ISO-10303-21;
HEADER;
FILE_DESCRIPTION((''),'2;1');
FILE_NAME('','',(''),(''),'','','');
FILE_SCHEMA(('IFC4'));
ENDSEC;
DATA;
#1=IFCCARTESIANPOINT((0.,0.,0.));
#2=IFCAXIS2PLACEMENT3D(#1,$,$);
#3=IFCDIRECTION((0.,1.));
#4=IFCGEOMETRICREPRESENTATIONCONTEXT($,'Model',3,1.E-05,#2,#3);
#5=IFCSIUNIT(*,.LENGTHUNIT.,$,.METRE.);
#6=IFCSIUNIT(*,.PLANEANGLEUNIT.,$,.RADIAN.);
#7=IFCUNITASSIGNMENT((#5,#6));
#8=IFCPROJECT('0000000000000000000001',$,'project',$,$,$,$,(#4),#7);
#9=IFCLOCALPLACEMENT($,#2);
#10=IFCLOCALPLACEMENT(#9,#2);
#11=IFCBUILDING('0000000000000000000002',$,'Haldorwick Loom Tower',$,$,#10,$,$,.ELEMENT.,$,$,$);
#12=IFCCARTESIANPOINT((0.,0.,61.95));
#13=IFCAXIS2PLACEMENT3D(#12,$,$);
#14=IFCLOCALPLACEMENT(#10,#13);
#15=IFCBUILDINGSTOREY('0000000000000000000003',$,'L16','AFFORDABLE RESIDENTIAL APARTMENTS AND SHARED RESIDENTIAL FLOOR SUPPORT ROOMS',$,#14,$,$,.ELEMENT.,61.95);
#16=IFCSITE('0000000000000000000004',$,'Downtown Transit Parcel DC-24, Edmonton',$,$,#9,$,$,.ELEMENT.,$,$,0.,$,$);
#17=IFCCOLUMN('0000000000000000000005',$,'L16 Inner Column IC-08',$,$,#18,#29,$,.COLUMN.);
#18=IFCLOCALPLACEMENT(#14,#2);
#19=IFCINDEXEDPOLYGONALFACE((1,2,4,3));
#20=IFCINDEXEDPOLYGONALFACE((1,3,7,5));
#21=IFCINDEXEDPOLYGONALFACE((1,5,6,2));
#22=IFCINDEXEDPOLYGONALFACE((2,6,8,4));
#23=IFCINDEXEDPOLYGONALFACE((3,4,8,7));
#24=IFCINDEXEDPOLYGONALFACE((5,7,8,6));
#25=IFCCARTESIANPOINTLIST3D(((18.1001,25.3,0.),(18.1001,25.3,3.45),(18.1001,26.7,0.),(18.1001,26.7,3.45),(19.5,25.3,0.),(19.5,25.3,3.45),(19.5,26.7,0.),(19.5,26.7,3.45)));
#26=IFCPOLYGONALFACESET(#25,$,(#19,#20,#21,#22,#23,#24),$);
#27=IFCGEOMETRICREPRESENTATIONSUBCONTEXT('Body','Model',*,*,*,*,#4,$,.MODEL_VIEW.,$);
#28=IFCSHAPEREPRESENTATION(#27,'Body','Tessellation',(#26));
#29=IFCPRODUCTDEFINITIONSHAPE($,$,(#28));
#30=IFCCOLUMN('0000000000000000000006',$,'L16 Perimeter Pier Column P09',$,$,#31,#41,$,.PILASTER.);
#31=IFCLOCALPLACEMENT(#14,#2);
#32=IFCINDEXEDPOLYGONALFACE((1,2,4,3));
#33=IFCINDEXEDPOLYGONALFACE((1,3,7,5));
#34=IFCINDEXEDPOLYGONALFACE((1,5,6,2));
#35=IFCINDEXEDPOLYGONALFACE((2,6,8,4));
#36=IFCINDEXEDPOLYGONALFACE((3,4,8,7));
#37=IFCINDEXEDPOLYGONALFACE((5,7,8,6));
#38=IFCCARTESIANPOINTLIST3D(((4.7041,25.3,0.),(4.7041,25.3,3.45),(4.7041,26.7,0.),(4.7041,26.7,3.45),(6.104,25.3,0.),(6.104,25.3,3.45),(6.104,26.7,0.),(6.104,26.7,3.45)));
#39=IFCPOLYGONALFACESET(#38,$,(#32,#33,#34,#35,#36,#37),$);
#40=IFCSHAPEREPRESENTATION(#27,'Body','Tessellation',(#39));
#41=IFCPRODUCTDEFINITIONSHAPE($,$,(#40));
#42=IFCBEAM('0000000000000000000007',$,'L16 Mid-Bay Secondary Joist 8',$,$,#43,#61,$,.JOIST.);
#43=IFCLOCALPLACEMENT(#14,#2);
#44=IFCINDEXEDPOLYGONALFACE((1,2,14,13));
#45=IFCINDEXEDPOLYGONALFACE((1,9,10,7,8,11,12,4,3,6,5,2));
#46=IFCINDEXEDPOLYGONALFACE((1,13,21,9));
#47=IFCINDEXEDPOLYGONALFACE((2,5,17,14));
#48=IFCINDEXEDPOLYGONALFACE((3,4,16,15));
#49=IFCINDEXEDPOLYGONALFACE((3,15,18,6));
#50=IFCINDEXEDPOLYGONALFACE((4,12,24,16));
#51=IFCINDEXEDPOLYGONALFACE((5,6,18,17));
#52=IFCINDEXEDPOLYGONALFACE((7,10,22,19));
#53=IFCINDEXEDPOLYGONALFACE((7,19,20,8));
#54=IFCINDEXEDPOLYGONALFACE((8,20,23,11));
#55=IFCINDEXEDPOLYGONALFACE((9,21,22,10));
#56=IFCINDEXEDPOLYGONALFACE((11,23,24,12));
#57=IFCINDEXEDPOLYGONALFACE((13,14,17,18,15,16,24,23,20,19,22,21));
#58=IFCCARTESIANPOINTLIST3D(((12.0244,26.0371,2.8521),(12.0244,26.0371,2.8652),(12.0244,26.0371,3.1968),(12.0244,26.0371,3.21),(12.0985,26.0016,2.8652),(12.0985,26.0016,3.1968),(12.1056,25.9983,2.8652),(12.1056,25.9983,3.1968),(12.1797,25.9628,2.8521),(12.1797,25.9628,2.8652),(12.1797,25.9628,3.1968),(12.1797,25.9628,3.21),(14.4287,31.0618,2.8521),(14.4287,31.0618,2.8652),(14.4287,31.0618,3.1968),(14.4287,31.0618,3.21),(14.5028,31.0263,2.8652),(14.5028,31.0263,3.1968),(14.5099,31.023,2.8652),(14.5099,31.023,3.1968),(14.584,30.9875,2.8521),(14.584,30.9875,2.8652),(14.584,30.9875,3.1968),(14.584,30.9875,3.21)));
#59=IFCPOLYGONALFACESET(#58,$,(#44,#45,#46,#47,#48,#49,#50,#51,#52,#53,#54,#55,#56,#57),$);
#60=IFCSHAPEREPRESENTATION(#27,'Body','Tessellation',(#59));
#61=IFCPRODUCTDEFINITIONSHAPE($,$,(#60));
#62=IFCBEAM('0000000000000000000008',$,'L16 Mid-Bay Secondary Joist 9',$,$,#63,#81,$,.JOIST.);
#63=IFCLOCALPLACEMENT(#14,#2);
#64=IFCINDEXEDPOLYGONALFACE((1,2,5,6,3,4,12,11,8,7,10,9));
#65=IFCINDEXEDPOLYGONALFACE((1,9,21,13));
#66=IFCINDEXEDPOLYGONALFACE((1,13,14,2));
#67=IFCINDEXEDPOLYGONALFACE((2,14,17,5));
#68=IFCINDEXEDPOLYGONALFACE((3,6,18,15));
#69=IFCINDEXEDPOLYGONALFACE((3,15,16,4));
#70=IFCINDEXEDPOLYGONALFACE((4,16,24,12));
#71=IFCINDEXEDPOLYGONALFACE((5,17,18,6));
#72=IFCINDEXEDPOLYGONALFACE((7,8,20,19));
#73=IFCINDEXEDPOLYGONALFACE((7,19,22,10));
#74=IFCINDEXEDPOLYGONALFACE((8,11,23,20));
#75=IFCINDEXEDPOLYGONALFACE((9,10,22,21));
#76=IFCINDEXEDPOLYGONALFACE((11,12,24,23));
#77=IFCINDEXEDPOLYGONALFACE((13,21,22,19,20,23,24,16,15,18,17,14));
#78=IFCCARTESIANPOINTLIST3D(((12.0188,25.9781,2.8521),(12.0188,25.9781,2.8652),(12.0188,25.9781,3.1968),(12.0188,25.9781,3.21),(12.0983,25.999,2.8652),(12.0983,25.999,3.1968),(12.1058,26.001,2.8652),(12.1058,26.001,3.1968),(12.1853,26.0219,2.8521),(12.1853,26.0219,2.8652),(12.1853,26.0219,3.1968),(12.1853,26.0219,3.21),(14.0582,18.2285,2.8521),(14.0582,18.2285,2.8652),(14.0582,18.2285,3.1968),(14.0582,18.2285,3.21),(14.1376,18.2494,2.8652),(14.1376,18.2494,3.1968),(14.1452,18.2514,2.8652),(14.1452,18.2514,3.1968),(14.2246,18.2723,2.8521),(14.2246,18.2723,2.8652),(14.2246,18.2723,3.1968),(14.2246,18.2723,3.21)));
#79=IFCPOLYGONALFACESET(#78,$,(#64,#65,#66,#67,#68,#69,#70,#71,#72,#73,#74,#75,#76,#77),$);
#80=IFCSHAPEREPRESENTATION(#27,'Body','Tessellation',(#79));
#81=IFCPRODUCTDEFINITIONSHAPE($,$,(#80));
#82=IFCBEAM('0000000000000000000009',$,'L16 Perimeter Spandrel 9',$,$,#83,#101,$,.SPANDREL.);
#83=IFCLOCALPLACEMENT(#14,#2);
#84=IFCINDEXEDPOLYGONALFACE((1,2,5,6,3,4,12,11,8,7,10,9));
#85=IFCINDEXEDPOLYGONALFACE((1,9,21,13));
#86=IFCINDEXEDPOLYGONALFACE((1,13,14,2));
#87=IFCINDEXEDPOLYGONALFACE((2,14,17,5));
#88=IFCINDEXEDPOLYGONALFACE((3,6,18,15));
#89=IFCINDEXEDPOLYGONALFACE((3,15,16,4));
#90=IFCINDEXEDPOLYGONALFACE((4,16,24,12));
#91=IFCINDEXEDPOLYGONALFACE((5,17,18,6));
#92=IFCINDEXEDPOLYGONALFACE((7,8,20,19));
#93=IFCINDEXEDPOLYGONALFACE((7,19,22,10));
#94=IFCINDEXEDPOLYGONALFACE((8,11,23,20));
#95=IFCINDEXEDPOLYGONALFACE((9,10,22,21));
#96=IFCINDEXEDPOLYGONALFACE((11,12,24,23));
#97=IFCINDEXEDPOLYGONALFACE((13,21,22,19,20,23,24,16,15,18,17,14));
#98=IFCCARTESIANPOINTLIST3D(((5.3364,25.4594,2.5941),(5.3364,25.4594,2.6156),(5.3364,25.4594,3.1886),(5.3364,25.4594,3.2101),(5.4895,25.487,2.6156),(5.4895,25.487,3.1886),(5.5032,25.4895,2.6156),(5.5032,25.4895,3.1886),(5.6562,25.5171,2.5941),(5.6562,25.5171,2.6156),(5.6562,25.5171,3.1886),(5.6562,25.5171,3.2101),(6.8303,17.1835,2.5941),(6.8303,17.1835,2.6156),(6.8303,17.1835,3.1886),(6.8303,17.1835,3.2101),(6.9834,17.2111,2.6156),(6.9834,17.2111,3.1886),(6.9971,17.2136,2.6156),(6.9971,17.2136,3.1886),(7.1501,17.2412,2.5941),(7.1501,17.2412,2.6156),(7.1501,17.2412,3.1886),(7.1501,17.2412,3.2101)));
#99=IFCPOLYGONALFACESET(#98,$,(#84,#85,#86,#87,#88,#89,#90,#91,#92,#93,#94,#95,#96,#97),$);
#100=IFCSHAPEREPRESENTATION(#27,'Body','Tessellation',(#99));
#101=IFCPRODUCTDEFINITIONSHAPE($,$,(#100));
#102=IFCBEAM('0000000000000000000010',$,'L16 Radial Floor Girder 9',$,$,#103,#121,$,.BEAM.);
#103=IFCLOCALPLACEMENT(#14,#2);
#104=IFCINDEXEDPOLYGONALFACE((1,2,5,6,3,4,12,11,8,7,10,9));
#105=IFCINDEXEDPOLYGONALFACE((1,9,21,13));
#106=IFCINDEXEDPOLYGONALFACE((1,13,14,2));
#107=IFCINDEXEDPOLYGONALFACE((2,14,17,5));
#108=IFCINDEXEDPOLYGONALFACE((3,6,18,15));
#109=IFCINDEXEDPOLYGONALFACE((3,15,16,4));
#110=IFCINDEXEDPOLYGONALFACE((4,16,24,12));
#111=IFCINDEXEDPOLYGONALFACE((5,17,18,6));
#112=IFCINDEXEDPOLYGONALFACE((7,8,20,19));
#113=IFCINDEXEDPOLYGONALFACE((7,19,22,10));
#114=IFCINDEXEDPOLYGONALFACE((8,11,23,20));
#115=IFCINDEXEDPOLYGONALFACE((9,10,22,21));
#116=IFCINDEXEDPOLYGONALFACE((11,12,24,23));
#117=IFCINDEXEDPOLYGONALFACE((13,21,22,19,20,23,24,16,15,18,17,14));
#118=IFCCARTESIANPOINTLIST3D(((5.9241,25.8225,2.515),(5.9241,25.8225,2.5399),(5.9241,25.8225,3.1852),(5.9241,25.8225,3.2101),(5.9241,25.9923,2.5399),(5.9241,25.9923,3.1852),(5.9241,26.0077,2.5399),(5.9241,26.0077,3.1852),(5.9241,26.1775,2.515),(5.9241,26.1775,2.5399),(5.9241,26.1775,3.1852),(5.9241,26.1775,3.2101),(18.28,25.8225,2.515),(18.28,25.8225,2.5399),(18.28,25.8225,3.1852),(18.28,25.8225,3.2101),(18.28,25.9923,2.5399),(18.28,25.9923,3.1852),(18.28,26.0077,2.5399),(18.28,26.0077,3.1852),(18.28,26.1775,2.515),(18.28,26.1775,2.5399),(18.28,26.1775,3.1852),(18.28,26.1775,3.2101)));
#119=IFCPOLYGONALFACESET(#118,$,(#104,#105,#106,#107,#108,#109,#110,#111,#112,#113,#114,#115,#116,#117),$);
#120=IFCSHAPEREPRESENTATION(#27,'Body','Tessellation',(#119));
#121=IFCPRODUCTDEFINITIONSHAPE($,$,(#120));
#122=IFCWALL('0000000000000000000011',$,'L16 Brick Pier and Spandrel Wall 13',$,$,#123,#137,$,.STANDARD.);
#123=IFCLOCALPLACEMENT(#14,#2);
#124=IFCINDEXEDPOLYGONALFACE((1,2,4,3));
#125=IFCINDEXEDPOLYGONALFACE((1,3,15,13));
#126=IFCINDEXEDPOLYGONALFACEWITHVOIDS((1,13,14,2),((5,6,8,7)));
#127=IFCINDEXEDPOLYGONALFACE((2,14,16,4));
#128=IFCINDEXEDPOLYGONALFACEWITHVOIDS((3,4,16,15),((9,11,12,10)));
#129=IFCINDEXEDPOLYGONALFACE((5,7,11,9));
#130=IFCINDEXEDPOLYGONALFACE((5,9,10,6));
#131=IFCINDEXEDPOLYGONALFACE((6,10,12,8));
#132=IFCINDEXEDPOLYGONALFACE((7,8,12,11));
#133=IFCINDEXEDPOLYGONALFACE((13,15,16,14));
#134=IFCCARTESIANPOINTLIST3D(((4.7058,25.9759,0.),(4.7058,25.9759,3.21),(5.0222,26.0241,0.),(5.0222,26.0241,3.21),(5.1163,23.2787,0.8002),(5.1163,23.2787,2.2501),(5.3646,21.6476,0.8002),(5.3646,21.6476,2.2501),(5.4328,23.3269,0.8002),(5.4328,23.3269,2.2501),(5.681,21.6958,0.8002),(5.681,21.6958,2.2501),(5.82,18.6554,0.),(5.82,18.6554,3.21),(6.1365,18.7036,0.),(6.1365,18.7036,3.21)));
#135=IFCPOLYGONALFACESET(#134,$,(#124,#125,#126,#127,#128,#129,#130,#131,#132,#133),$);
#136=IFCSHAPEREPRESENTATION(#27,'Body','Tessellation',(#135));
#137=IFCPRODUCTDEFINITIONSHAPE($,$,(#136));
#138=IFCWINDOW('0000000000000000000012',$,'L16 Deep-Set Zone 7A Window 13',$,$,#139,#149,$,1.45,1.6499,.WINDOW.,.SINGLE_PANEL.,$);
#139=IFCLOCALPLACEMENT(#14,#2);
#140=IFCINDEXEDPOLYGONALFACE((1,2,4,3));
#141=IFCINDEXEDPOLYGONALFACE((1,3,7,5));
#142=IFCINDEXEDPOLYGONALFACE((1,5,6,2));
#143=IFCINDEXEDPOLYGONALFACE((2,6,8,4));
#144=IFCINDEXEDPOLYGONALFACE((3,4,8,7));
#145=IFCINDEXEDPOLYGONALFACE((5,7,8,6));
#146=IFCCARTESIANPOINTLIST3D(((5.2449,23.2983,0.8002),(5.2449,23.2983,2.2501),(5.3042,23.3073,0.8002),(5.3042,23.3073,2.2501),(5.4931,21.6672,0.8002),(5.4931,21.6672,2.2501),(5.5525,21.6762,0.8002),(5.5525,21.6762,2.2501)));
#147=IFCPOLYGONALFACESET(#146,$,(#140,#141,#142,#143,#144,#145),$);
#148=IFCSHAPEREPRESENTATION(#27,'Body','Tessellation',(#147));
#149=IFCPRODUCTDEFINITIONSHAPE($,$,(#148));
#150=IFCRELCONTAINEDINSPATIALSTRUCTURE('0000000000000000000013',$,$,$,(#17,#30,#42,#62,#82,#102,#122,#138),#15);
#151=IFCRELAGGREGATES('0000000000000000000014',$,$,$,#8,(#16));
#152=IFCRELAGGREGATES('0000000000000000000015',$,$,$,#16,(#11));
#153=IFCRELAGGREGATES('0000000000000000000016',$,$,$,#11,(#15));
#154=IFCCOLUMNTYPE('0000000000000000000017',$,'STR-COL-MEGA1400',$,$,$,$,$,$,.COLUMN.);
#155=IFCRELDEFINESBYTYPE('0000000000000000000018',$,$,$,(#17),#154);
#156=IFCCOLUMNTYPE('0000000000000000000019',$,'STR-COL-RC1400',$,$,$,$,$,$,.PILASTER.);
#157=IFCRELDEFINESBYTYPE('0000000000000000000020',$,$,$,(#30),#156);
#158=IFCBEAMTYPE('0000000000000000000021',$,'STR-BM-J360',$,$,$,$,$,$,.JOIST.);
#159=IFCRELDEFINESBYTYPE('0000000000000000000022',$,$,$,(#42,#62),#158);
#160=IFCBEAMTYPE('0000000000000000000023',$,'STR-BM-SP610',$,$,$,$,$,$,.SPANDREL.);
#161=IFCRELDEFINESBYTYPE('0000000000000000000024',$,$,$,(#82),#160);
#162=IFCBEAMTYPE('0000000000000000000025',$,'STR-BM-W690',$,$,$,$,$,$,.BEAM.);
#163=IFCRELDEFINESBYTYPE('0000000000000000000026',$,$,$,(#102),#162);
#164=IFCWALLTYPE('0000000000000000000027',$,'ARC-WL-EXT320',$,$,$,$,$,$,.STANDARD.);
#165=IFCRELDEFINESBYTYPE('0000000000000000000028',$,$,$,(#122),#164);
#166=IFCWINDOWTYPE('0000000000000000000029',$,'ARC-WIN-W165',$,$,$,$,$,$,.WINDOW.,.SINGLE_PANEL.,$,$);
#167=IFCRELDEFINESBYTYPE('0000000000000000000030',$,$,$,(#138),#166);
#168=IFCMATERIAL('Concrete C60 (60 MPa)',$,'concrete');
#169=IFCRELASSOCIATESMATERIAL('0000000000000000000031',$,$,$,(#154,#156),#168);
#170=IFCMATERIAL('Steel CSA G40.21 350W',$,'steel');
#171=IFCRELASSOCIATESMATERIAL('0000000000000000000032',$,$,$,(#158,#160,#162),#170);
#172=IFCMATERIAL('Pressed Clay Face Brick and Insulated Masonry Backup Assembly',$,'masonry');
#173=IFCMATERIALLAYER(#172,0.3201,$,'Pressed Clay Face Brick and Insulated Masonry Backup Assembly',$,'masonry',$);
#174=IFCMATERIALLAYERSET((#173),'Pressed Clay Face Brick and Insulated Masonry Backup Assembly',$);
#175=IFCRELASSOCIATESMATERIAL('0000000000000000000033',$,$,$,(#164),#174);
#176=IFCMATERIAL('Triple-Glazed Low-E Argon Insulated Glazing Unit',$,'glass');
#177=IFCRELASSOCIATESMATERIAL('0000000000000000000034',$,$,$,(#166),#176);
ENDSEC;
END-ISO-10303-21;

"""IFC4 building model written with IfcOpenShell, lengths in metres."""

from ifc_helpers import new_model, si_unit, direction, frame, frame_2d, origin, origin_2d, place, context, subcontext, project, spatial, rectangle, i_section, extrude, material, layer, layer_set, material_profile, profile_set, type_object, element, fill, save


model = new_model("IFC4")

# Units and contexts
model_context = context("Model", 3, precision=1e-05, world=origin(), true_north=direction((0.0, 1.0)))
body_context = subcontext(model_context, "Body", "Model", "MODEL_VIEW")
ifc_project = project(units=[si_unit("LENGTHUNIT", "METRE"), si_unit("PLANEANGLEUNIT", "RADIAN")], contexts=[model_context])

# Site, building, storey
site_placement = place(None, origin())
site = spatial("IfcSite", under=ifc_project, at=site_placement, Name="Downtown Transit Parcel DC-24, Edmonton", CompositionType="ELEMENT", RefElevation=0.0)
building_placement = place(site_placement, origin())
building = spatial("IfcBuilding", under=site, at=building_placement, Name="Haldorwick Loom Tower", CompositionType="ELEMENT")
storey_placement = place(building_placement, frame((0.0, 0.0, 61.95)))
storey = spatial("IfcBuildingStorey", under=building, at=storey_placement, Name="L16", Description="AFFORDABLE RESIDENTIAL APARTMENTS AND SHARED RESIDENTIAL FLOOR SUPPORT ROOMS", CompositionType="ELEMENT", Elevation=61.95)

# Columns
ifc_material_1 = material(Name="Concrete C60 (60 MPa)", Category="concrete")
ifc_material_profile_1 = material_profile(ifc_material_1, rectangle(XDim=1.3999, YDim=1.3999, at=origin_2d()), Name="RC1400X1400", Category="concrete")
ifc_profile_set_1 = profile_set([ifc_material_profile_1], Name="Concrete C60 (60 MPa)")
column_type_1 = type_object("IfcColumnType", Name="STR-COL-MEGA1400", PredefinedType="COLUMN", material=ifc_profile_set_1)
column_1_placement = place(storey_placement, frame((18.8, 26.0, 0.0), z_axis=(0.0, 0.0, 1.0), x_axis=(1.0, 0.0, 0.0)))
element("IfcColumn", 1, at=column_1_placement, inside=storey, type_object=column_type_1, Name="L16 Inner Column IC-08", PredefinedType="COLUMN", context=body_context, shape_type="SweptSolid", body=[
    extrude(rectangle(XDim=1.3999, YDim=1.3999, at=origin_2d()), origin(), (0.0, 0.0, 1.0), 3.45),
])
ifc_material_profile_2 = material_profile(ifc_material_1, rectangle(XDim=1.3999, YDim=1.3999, at=origin_2d()), Name="RC1400X1400", Category="concrete")
ifc_profile_set_2 = profile_set([ifc_material_profile_2], Name="Concrete C60 (60 MPa)")
column_type_2 = type_object("IfcColumnType", Name="STR-COL-RC1400", PredefinedType="PILASTER", material=ifc_profile_set_2)
column_2_placement = place(storey_placement, frame((5.4041, 26.0, 0.0), z_axis=(0.0, 0.0, 1.0), x_axis=(-1.0, 0.0, 0.0)))
element("IfcColumn", 2, at=column_2_placement, inside=storey, type_object=column_type_2, Name="L16 Perimeter Pier Column P09", PredefinedType="PILASTER", context=body_context, shape_type="SweptSolid", body=[
    extrude(rectangle(XDim=1.3999, YDim=1.3999, at=origin_2d()), origin(), (0.0, 0.0, 1.0), 3.45),
])

# Beams
ifc_material_2 = material(Name="Steel CSA G40.21 350W", Category="steel")
ifc_material_profile_3 = material_profile(ifc_material_2, i_section(OverallWidth=0.1721, OverallDepth=0.3579, WebThickness=0.0078, FlangeThickness=0.0132, at=origin_2d()), Name="W360X57", Category="steel")
ifc_profile_set_3 = profile_set([ifc_material_profile_3], Name="Steel CSA G40.21 350W")
beam_type_1 = type_object("IfcBeamType", Name="STR-BM-J360", PredefinedType="JOIST", material=ifc_profile_set_3)
beam_1_placement = place(storey_placement, frame((14.5063, 31.0247, 3.031), z_axis=(-0.431631, -0.90205, 0.0), x_axis=(0.90205, -0.431631, 0.0)))
element("IfcBeam", 3, at=beam_1_placement, inside=storey, type_object=beam_type_1, Name="L16 Mid-Bay Secondary Joist 8", PredefinedType="JOIST", context=body_context, shape_type="SweptSolid", body=[
    extrude(i_section(OverallWidth=0.1721, OverallDepth=0.3579, WebThickness=0.0078, FlangeThickness=0.0132, at=origin_2d()), origin(), (0.0, 0.0, 1.0), 5.5703),
])
beam_2_placement = place(storey_placement, frame((12.1021, 26.0, 3.031), z_axis=(0.254489, -0.967076, 0.0), x_axis=(0.967076, 0.254489, 0.0)))
element("IfcBeam", 4, at=beam_2_placement, inside=storey, type_object=beam_type_1, Name="L16 Mid-Bay Secondary Joist 9", PredefinedType="JOIST", context=body_context, shape_type="SweptSolid", body=[
    extrude(i_section(OverallWidth=0.1721, OverallDepth=0.3579, WebThickness=0.0078, FlangeThickness=0.0132, at=origin_2d()), origin(), (0.0, 0.0, 1.0), 8.0134),
])
ifc_material_profile_4 = material_profile(ifc_material_2, i_section(OverallWidth=0.325, OverallDepth=0.616, WebThickness=0.0139, FlangeThickness=0.0215, at=origin_2d()), Name="W610X174", Category="steel")
ifc_profile_set_4 = profile_set([ifc_material_profile_4], Name="Steel CSA G40.21 350W")
beam_type_2 = type_object("IfcBeamType", Name="STR-BM-SP610", PredefinedType="SPANDREL", material=ifc_profile_set_4)
beam_3_placement = place(storey_placement, frame((5.4963, 25.4883, 2.9021), z_axis=(0.177641, -0.984095, 0.0), x_axis=(0.984095, 0.177641, 0.0)))
element("IfcBeam", 5, at=beam_3_placement, inside=storey, type_object=beam_type_2, Name="L16 Perimeter Spandrel 9", PredefinedType="SPANDREL", context=body_context, shape_type="SweptSolid", body=[
    extrude(i_section(OverallWidth=0.325, OverallDepth=0.616, WebThickness=0.0139, FlangeThickness=0.0215, at=origin_2d()), origin(), (0.0, 0.0, 1.0), 8.4097),
])
ifc_material_profile_5 = material_profile(ifc_material_2, i_section(OverallWidth=0.355, OverallDepth=0.6951, WebThickness=0.0154, FlangeThickness=0.0249, at=origin_2d()), Name="W690X217", Category="steel")
ifc_profile_set_5 = profile_set([ifc_material_profile_5], Name="Steel CSA G40.21 350W")
beam_type_3 = type_object("IfcBeamType", Name="STR-BM-W690", PredefinedType="BEAM", material=ifc_profile_set_5)
beam_4_placement = place(storey_placement, frame((18.28, 26.0, 2.8625), z_axis=(-1.0, 0.0, 0.0), x_axis=(0.0, -1.0, 0.0)))
element("IfcBeam", 6, at=beam_4_placement, inside=storey, type_object=beam_type_3, Name="L16 Radial Floor Girder 9", PredefinedType="BEAM", context=body_context, shape_type="SweptSolid", body=[
    extrude(i_section(OverallWidth=0.355, OverallDepth=0.6951, WebThickness=0.0154, FlangeThickness=0.0249, at=origin_2d()), origin(), (0.0, 0.0, 1.0), 12.356),
])

# Wall, opening, window
ifc_material_3 = material(Name="Pressed Clay Face Brick and Insulated Masonry Backup Assembly", Category="masonry")
ifc_layer_1 = layer(ifc_material_3, 0.3201, Name="Pressed Clay Face Brick and Insulated Masonry Backup Assembly", Category="masonry")
ifc_layer_set_1 = layer_set([ifc_layer_1], Name="Pressed Clay Face Brick and Insulated Masonry Backup Assembly")
wall_type_1 = type_object("IfcWallType", Name="ARC-WL-EXT320", PredefinedType="STANDARD", material=ifc_layer_set_1)
wall_1_placement = place(storey_placement, frame((4.864, 26.0, 0.0), z_axis=(0.0, 0.0, 1.0), x_axis=(0.150476, -0.988614, 0.0)))
wall_1 = element("IfcWall", 7, at=wall_1_placement, inside=storey, type_object=wall_type_1, Name="L16 Brick Pier and Spandrel Wall 13", PredefinedType="STANDARD", context=body_context, shape_type="SweptSolid", body=[
    extrude(rectangle(XDim=7.4048, YDim=0.3201, at=frame_2d((3.7024, 0.0))), origin(), (0.0, 0.0, 1.0), 3.21),
])
opening_1_placement = place(wall_1_placement, frame((2.7283, 0.0, 0.8)))
opening_1 = element("IfcOpeningElement", 8, at=opening_1_placement, cuts=wall_1, PredefinedType="OPENING", context=body_context, shape_type="SweptSolid", body=[
    extrude(rectangle(XDim=1.6499, YDim=1.45, at=frame_2d((0.825, 0.7251))), frame((0.0, 0.1699, 0.0), z_axis=(0.0, -1.0, 0.0), x_axis=(1.0, 0.0, 0.0)), (0.0, 0.0, 1.0), 0.3401),
])
ifc_material_4 = material(Name="Triple-Glazed Low-E Argon Insulated Glazing Unit", Category="glass")
window_type = type_object("IfcWindowType", Name="ARC-WIN-W165", PartitioningType="SINGLE_PANEL", PredefinedType="WINDOW", material=ifc_material_4)
window_placement = place(opening_1_placement, origin())
window = element("IfcWindow", 9, at=window_placement, inside=storey, type_object=window_type, Name="L16 Deep-Set Zone 7A Window 13", OverallHeight=1.45, OverallWidth=1.6499, PartitioningType="SINGLE_PANEL", PredefinedType="WINDOW", context=body_context, shape_type="SweptSolid", body=[
    extrude(rectangle(XDim=1.6499, YDim=1.45, at=frame_2d((0.825, 0.7251))), frame((0.0, 0.03, 0.0), z_axis=(0.0, -1.0, 0.0), x_axis=(1.0, 0.0, 0.0)), (0.0, 0.0, 1.0), 0.0601),
])
fill(opening_1, window)

save(model, "model.ifc")
